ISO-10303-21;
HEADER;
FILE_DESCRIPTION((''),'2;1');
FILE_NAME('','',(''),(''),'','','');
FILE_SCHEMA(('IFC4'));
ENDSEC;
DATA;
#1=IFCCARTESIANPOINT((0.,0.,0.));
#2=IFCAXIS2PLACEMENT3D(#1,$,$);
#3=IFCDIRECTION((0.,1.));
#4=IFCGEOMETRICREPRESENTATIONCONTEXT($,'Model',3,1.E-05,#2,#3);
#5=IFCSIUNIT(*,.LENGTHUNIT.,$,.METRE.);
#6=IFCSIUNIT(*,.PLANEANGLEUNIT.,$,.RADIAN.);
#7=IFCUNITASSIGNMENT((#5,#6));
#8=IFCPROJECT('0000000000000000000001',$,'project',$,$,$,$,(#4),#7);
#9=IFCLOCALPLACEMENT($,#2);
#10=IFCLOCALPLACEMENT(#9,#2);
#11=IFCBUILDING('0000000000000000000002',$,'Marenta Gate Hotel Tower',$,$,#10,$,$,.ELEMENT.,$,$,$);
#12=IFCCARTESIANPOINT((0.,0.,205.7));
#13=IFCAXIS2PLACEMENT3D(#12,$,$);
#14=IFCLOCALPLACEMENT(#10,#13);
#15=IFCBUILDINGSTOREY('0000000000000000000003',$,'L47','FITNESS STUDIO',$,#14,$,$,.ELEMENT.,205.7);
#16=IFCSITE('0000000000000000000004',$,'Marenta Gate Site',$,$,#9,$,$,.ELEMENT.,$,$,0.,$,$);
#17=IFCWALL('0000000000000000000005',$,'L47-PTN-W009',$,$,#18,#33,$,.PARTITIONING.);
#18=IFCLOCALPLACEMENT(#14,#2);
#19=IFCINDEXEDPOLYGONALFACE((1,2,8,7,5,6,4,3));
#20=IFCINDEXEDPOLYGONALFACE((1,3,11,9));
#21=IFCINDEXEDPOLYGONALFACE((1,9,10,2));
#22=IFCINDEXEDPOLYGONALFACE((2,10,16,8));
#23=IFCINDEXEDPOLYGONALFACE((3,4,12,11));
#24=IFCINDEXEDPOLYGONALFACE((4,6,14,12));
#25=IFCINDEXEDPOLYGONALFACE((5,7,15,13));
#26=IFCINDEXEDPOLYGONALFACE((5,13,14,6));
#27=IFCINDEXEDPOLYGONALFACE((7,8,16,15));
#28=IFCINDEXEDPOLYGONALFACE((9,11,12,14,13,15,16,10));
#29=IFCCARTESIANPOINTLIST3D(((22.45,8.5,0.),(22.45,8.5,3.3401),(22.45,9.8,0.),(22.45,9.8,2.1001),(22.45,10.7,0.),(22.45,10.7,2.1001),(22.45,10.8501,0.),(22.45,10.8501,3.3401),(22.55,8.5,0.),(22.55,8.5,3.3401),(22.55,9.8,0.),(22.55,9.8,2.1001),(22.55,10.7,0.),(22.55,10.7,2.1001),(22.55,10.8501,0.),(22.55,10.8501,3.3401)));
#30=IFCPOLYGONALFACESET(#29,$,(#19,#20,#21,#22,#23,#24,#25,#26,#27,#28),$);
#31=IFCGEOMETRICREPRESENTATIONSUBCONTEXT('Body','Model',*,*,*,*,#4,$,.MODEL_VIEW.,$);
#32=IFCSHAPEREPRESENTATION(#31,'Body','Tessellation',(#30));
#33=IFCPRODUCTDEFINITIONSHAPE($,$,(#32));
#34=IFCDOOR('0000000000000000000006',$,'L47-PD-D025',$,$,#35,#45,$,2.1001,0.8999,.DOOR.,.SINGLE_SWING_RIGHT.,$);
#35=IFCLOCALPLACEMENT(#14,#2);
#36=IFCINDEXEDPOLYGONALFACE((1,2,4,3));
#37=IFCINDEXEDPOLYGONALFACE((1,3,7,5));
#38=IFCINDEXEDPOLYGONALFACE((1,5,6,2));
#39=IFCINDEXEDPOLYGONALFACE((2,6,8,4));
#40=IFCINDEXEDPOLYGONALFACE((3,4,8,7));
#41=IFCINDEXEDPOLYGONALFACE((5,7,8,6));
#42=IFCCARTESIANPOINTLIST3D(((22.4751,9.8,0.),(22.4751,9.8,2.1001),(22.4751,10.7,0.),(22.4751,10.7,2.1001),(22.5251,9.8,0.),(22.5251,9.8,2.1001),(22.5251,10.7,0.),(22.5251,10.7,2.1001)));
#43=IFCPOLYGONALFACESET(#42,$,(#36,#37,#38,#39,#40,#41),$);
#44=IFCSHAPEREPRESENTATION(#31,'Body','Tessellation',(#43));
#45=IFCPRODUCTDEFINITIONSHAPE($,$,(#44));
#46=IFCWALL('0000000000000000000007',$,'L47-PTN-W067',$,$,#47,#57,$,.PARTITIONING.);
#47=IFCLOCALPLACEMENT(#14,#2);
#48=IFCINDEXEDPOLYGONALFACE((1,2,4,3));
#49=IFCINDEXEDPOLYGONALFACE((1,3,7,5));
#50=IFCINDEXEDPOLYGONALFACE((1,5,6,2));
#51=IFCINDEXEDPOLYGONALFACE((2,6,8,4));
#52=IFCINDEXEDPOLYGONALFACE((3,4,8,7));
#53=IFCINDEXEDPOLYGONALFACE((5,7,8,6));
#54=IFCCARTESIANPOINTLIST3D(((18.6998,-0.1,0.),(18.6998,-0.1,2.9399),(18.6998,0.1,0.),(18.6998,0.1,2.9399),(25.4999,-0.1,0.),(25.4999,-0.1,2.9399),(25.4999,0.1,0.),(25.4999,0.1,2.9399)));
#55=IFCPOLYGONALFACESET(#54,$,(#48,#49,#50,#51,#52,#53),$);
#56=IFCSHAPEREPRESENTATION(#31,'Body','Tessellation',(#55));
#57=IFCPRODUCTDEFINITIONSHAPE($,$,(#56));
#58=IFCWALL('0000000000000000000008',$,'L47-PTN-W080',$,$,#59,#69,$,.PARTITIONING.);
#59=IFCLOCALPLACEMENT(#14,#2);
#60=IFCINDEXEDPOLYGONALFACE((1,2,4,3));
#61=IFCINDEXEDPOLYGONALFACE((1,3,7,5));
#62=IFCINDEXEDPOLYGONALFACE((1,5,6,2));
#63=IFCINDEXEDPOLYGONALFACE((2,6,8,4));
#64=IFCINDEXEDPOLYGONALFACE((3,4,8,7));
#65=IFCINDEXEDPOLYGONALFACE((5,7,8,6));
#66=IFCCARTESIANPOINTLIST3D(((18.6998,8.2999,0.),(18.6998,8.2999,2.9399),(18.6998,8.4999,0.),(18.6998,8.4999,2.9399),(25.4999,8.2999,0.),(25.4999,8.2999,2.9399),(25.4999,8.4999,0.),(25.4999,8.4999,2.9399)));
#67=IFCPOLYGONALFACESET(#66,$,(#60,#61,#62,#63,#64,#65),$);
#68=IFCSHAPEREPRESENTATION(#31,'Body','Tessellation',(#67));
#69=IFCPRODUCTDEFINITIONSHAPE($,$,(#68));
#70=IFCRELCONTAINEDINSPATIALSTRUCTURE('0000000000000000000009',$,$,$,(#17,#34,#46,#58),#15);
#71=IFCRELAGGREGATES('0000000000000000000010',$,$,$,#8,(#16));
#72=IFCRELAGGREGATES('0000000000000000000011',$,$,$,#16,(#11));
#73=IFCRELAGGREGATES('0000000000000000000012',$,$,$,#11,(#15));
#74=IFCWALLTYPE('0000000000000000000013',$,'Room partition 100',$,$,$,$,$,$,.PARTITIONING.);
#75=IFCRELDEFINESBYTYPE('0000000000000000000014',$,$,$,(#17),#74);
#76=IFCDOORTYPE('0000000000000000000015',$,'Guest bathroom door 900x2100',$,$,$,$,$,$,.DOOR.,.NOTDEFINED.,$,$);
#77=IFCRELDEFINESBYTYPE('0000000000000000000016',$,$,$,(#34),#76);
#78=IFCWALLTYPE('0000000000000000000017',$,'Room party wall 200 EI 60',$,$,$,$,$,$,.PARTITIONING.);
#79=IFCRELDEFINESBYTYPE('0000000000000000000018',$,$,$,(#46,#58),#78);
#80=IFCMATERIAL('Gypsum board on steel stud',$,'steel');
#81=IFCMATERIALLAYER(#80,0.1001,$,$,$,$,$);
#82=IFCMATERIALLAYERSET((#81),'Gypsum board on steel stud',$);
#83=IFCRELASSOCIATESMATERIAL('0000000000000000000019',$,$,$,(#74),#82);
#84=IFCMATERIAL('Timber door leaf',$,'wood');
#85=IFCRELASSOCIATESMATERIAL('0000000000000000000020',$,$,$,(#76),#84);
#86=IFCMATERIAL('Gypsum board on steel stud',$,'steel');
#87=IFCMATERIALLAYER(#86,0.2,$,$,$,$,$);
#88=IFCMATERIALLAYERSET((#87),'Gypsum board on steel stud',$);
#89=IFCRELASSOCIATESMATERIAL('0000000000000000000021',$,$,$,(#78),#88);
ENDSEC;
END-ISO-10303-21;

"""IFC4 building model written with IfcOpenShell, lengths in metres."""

from ifc_helpers import new_model, si_unit, direction, frame, frame_2d, origin, place, context, subcontext, project, spatial, rectangle, extrude, material, layer, layer_set, type_object, element, fill, save


model = new_model("IFC4")

# Units and contexts
model_context = context("Model", 3, precision=1e-05, world=origin(), true_north=direction((0.0, 1.0)))
body_context = subcontext(model_context, "Body", "Model", "MODEL_VIEW")
ifc_project = project(units=[si_unit("LENGTHUNIT", "METRE"), si_unit("PLANEANGLEUNIT", "RADIAN")], contexts=[model_context])

# Site, building, storey
site_placement = place(None, origin())
site = spatial("IfcSite", under=ifc_project, at=site_placement, Name="Marenta Gate Site", CompositionType="ELEMENT", RefElevation=0.0)
building_placement = place(site_placement, origin())
building = spatial("IfcBuilding", under=site, at=building_placement, Name="Marenta Gate Hotel Tower", CompositionType="ELEMENT")
storey_placement = place(building_placement, frame((0.0, 0.0, 205.7)))
storey = spatial("IfcBuildingStorey", under=building, at=storey_placement, Name="L47", Description="FITNESS STUDIO", CompositionType="ELEMENT", Elevation=205.7)

# Wall, opening, door
ifc_material_1 = material(Name="Gypsum board on steel stud", Category="steel")
ifc_layer_1 = layer(ifc_material_1, 0.1001)
ifc_layer_set_1 = layer_set([ifc_layer_1], Name="Gypsum board on steel stud")
wall_type_1 = type_object("IfcWallType", Name="Room partition 100", PredefinedType="PARTITIONING", material=ifc_layer_set_1)
wall_1_placement = place(storey_placement, frame((22.5, 8.5, 0.0), z_axis=(0.0, 0.0, 1.0), x_axis=(0.0, 1.0, 0.0)))
wall_1 = element("IfcWall", 1, at=wall_1_placement, inside=storey, type_object=wall_type_1, Name="L47-PTN-W009", PredefinedType="PARTITIONING", context=body_context, shape_type="SweptSolid", body=[
    extrude(rectangle(XDim=2.3501, YDim=0.1001, at=frame_2d((1.175, 0.0))), origin(), (0.0, 0.0, 1.0), 3.3401),
])
opening_1_placement = place(wall_1_placement, frame((1.3, 0.0, 0.0)))
opening_1 = element("IfcOpeningElement", 2, at=opening_1_placement, cuts=wall_1, PredefinedType="OPENING", context=body_context, shape_type="SweptSolid", body=[
    extrude(rectangle(XDim=0.8999, YDim=2.1001, at=frame_2d((0.45, 1.05))), frame((0.0, 0.05, 0.0), z_axis=(0.0, -1.0, 0.0), x_axis=(1.0, 0.0, 0.0)), (0.0, 0.0, 1.0), 0.1001),
])
ifc_material_2 = material(Name="Timber door leaf", Category="wood")
door_type_1 = type_object("IfcDoorType", Name="Guest bathroom door 900x2100", OperationType="NOTDEFINED", PredefinedType="DOOR", material=ifc_material_2)
door_1_placement = place(opening_1_placement, origin())
door_1 = element("IfcDoor", 3, at=door_1_placement, inside=storey, type_object=door_type_1, Name="L47-PD-D025", OperationType="SINGLE_SWING_RIGHT", OverallHeight=2.1001, OverallWidth=0.8999, PredefinedType="DOOR", context=body_context, shape_type="SweptSolid", body=[
    extrude(rectangle(XDim=0.8999, YDim=2.1001, at=frame_2d((0.45, 1.05))), frame((0.0, 0.0249, 0.0), z_axis=(0.0, -1.0, 0.0), x_axis=(1.0, 0.0, 0.0)), (0.0, 0.0, 1.0), 0.05),
])
fill(opening_1, door_1)

# Walls
ifc_material_3 = material(Name="Gypsum board on steel stud", Category="steel")
ifc_layer_2 = layer(ifc_material_3, 0.2)
ifc_layer_set_2 = layer_set([ifc_layer_2], Name="Gypsum board on steel stud")
wall_type_2 = type_object("IfcWallType", Name="Room party wall 200 EI 60", PredefinedType="PARTITIONING", material=ifc_layer_set_2)
for number, where, z_axis, x_axis, name in (
    (4, (18.7, 0.0, 0.0), (0.0, 0.0, 1.0), (1.0, 0.0, 0.0), "L47-PTN-W067"),
    (5, (18.7, 8.3999, 0.0), (0.0, 0.0, 1.0), (1.0, 0.0, 0.0), "L47-PTN-W080"),
):
    element("IfcWall", number, at=place(storey_placement, frame(where, z_axis=z_axis, x_axis=x_axis)), inside=storey, type_object=wall_type_2, Name=name, PredefinedType="PARTITIONING", context=body_context, shape_type="SweptSolid", body=[
        extrude(rectangle(XDim=6.8, YDim=0.2, at=frame_2d((3.3999, 0.0))), origin(), (0.0, 0.0, 1.0), 2.9399),
    ])

save(model, "model.ifc")
